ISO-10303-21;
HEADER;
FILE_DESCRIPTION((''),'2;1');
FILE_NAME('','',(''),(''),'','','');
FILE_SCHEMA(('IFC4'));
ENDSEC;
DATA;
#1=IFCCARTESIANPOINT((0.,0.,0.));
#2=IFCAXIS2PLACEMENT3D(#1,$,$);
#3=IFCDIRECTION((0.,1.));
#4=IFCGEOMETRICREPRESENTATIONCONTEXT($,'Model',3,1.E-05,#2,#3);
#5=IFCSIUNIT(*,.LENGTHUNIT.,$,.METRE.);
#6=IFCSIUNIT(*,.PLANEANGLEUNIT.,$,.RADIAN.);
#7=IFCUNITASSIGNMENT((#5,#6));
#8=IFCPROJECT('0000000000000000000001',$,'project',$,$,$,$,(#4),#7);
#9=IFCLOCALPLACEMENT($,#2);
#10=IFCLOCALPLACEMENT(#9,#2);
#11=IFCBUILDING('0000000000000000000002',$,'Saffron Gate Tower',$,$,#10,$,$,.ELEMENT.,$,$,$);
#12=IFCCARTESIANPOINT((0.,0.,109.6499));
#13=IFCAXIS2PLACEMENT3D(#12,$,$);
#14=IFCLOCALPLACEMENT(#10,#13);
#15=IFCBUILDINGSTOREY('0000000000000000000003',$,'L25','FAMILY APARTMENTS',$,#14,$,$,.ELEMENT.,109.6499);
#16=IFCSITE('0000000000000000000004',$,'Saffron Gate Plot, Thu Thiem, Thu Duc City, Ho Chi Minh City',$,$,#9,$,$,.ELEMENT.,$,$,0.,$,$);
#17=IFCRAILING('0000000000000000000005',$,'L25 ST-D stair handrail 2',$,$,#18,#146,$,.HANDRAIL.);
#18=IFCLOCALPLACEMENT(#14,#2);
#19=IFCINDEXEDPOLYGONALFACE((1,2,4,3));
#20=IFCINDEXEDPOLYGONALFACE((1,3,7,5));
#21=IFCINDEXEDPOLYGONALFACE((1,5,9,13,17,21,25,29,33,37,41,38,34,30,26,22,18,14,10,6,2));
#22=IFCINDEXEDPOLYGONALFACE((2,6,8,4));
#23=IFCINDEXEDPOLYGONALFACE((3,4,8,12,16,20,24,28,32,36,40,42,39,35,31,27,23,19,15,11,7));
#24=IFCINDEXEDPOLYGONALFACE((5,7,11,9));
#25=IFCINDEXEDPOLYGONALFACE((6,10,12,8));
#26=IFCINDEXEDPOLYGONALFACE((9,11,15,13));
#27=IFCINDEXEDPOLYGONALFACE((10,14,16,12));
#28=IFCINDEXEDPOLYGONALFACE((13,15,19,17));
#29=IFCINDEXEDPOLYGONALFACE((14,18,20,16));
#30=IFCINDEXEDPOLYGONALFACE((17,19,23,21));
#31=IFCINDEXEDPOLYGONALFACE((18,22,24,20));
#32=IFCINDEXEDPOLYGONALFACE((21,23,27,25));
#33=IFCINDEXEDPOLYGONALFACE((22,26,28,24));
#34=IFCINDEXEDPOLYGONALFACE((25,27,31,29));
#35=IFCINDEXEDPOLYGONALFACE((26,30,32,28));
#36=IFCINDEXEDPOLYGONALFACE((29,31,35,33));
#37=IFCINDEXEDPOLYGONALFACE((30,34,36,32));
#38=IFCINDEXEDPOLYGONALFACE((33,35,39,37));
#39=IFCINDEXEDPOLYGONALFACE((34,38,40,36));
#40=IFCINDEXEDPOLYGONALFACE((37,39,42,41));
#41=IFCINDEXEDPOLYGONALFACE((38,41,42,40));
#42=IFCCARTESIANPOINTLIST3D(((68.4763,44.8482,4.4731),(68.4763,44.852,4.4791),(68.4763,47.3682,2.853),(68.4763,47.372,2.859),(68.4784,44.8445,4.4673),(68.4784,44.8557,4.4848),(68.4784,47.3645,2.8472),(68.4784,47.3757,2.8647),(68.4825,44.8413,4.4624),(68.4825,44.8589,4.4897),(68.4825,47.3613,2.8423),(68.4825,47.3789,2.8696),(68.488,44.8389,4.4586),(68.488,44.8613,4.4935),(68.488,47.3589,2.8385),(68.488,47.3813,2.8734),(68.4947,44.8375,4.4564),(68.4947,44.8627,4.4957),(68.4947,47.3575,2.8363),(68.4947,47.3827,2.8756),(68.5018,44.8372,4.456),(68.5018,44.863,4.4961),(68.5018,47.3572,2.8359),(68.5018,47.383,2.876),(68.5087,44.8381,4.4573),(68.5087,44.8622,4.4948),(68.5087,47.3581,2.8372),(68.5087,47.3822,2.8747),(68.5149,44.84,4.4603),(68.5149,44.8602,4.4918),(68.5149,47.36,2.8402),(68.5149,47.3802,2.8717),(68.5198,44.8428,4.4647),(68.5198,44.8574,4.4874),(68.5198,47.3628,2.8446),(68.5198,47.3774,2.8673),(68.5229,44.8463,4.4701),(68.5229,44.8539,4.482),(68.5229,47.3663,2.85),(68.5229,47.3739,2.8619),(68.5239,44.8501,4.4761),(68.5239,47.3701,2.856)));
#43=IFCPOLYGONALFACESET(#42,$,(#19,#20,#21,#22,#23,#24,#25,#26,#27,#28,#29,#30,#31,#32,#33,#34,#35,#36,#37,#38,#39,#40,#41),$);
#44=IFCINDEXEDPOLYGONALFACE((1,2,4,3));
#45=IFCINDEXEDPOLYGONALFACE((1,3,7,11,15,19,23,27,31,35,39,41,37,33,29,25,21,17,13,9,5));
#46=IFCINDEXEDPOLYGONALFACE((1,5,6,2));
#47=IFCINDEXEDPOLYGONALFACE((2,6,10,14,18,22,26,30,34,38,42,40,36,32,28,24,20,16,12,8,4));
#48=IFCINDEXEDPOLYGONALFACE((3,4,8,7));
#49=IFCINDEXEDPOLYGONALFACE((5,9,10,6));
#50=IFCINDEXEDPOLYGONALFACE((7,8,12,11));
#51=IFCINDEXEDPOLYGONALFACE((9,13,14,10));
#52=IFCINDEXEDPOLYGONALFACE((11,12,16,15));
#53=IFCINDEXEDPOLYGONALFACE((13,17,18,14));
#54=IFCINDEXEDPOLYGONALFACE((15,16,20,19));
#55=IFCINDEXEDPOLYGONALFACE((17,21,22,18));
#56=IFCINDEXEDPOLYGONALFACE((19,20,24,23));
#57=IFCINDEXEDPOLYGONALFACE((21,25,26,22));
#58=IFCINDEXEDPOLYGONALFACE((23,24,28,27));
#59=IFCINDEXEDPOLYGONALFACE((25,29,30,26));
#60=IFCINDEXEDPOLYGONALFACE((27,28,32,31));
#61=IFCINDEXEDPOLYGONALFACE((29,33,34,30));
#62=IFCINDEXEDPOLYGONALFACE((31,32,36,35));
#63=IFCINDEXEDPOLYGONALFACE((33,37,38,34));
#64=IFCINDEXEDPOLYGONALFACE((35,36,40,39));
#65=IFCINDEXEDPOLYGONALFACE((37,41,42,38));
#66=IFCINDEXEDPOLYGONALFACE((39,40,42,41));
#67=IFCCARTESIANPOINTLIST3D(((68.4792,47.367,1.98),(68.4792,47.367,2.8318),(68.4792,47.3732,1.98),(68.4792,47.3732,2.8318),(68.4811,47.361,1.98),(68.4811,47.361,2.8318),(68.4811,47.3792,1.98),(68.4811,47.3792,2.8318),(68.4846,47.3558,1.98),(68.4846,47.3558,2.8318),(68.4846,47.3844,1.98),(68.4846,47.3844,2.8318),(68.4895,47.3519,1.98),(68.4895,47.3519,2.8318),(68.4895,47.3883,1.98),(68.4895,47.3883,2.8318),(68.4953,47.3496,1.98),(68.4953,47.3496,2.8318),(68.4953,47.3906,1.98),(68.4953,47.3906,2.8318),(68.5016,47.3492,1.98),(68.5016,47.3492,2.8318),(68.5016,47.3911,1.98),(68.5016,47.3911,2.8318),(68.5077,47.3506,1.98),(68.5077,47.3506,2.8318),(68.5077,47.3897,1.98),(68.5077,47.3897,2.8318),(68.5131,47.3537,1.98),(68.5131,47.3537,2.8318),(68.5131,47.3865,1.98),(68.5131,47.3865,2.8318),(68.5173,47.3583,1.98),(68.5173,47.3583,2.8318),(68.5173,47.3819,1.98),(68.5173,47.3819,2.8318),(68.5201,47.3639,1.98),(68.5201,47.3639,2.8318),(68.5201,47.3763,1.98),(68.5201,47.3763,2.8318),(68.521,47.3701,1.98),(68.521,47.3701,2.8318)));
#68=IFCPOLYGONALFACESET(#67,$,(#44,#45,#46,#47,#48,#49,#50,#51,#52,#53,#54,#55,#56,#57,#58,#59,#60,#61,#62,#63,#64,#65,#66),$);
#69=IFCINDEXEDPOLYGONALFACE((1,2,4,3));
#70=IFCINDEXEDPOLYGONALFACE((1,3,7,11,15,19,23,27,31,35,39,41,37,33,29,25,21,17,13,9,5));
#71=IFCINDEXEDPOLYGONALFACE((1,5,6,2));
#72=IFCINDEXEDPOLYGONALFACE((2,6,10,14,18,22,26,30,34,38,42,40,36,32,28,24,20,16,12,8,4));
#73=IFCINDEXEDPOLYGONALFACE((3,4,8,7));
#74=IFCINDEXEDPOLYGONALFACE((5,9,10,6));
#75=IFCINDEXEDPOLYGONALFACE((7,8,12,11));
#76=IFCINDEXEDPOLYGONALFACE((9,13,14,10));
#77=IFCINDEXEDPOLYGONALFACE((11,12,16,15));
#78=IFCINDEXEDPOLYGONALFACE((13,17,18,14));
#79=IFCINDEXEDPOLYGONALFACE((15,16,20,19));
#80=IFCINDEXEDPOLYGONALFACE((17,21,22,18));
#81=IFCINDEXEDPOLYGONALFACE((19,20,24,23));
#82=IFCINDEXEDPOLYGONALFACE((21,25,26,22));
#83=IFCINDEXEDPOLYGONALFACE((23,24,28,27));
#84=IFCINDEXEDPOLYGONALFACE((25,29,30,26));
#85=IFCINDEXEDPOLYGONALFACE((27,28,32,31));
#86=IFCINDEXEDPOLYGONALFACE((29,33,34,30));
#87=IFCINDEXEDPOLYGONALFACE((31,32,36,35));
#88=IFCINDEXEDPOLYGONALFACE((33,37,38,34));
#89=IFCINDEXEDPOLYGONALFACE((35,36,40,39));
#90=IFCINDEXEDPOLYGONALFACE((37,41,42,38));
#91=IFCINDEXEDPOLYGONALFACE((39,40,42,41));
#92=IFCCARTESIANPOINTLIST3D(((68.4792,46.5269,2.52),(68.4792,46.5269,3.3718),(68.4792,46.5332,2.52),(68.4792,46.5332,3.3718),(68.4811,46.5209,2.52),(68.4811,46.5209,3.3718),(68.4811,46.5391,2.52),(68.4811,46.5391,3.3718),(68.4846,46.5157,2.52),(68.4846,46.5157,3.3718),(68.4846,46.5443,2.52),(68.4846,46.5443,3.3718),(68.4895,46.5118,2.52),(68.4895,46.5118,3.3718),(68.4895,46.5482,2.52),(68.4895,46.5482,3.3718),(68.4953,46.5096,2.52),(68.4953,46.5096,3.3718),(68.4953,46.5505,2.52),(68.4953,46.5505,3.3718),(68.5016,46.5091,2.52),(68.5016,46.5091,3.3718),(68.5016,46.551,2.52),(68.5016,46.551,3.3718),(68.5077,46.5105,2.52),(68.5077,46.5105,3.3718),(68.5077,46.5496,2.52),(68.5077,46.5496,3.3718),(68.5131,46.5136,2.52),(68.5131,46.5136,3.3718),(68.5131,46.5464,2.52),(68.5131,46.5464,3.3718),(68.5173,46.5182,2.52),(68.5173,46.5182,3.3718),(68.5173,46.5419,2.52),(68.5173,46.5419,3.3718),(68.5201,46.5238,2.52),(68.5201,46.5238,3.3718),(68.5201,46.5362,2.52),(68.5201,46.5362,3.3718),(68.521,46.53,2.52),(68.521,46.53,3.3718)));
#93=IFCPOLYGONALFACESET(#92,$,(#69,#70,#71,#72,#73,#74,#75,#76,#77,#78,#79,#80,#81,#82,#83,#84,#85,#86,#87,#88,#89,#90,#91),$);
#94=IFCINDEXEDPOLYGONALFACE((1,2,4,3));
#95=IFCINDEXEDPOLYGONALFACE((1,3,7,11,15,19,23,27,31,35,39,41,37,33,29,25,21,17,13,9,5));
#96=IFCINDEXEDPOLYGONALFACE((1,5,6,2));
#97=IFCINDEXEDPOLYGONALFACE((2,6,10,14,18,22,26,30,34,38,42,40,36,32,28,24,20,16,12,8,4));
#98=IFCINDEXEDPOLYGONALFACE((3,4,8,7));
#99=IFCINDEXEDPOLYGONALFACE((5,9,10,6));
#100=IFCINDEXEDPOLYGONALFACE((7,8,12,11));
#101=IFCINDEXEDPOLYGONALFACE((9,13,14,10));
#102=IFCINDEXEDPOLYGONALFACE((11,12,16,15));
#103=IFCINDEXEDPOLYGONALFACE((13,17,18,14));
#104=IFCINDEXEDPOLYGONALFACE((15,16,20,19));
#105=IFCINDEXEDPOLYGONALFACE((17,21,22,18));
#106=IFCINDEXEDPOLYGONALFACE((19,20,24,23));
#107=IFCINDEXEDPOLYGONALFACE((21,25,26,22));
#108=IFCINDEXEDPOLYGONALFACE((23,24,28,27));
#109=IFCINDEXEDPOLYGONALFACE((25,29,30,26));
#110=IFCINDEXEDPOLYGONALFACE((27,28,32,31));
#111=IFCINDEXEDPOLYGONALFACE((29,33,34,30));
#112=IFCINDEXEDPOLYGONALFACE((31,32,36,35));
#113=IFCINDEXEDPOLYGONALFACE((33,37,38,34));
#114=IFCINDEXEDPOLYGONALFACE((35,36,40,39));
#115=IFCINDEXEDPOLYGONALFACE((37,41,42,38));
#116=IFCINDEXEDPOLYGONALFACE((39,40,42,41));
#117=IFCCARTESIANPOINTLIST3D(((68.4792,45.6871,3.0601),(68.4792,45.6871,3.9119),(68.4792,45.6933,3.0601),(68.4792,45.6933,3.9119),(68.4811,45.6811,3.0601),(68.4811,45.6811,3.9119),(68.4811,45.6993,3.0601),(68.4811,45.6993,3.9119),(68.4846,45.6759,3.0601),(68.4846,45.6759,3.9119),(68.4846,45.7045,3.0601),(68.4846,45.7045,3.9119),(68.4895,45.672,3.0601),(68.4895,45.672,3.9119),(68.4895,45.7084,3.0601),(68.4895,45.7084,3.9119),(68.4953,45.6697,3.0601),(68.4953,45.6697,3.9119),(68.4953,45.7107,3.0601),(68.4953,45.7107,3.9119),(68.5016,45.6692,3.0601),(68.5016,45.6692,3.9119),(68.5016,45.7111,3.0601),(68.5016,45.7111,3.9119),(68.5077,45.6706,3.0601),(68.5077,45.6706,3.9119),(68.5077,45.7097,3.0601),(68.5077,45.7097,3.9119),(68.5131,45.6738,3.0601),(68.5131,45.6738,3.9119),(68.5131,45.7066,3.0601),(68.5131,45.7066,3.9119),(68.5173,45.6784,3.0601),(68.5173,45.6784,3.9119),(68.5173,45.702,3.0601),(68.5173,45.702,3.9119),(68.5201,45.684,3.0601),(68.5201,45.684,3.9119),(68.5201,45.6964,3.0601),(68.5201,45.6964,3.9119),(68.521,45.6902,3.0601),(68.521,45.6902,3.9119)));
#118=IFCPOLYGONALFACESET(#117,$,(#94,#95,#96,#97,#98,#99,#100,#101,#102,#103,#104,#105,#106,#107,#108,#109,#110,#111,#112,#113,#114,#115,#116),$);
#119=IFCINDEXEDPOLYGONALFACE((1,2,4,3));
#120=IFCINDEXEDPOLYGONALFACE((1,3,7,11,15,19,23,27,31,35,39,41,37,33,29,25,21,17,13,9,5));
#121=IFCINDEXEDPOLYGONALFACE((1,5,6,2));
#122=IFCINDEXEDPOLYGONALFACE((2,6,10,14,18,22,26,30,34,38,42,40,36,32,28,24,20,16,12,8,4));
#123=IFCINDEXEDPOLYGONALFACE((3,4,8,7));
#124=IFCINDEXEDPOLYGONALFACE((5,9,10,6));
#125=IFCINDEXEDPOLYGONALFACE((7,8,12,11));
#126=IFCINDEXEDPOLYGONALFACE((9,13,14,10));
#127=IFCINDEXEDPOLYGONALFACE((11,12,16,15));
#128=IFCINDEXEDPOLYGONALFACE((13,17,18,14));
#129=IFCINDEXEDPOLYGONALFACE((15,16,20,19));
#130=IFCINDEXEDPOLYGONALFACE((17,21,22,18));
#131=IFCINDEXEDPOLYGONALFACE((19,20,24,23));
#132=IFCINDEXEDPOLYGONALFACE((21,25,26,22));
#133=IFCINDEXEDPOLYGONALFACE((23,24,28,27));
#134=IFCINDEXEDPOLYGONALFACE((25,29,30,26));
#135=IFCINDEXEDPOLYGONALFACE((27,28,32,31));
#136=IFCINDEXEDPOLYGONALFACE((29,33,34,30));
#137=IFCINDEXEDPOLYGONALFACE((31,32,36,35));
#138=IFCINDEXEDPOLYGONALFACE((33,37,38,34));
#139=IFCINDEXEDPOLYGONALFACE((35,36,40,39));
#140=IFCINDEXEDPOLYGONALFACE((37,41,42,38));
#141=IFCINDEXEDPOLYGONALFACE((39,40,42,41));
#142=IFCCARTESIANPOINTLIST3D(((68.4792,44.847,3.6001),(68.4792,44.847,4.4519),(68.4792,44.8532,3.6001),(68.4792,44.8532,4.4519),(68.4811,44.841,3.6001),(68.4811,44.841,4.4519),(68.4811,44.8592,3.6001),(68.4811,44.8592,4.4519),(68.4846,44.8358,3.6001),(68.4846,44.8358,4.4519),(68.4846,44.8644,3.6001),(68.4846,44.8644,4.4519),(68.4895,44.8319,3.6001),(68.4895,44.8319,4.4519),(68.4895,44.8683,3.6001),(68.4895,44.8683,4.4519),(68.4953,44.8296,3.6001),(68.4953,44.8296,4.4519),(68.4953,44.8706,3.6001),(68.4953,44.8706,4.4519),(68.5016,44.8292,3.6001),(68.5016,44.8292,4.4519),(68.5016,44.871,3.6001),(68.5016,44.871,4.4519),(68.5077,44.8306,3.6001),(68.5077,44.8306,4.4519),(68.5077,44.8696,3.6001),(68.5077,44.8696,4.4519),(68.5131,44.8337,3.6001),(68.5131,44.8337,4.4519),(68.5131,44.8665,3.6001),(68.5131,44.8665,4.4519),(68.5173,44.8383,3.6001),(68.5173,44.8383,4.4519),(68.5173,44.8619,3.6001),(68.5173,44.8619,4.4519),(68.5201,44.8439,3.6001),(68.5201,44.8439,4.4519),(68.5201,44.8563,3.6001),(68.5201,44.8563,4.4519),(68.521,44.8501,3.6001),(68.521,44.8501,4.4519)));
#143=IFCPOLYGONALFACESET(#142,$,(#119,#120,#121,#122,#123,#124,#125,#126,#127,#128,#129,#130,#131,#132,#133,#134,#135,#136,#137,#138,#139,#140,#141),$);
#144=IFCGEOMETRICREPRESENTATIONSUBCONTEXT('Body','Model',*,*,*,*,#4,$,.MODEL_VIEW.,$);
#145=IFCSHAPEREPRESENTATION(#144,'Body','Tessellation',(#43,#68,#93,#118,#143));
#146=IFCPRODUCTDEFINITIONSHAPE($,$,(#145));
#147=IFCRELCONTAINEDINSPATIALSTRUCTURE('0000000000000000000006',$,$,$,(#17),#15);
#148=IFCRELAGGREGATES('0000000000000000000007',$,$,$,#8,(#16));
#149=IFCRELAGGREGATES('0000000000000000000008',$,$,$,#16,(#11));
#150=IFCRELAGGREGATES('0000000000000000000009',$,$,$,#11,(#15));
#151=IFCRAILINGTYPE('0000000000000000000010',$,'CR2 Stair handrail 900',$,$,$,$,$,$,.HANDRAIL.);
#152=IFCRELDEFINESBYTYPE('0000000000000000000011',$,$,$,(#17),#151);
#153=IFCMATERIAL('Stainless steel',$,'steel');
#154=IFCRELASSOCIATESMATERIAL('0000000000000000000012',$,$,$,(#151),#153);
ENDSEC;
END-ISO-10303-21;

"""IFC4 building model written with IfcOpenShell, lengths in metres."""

from ifc_helpers import new_model, si_unit, direction, frame, origin, origin_2d, place, context, subcontext, project, spatial, circle, extrude, material, type_object, element, save


model = new_model("IFC4")

# Units and contexts
model_context = context("Model", 3, precision=1e-05, world=origin(), true_north=direction((0.0, 1.0)))
body_context = subcontext(model_context, "Body", "Model", "MODEL_VIEW")
ifc_project = project(units=[si_unit("LENGTHUNIT", "METRE"), si_unit("PLANEANGLEUNIT", "RADIAN")], contexts=[model_context])

# Site, building, storey
site_placement = place(None, origin())
site = spatial("IfcSite", under=ifc_project, at=site_placement, Name="Saffron Gate Plot, Thu Thiem, Thu Duc City, Ho Chi Minh City", CompositionType="ELEMENT", RefElevation=0.0)
building_placement = place(site_placement, origin())
building = spatial("IfcBuilding", under=site, at=building_placement, Name="Saffron Gate Tower", CompositionType="ELEMENT")
storey_placement = place(building_placement, frame((0.0, 0.0, 109.6499)))
storey = spatial("IfcBuildingStorey", under=building, at=storey_placement, Name="L25", Description="FAMILY APARTMENTS", CompositionType="ELEMENT", Elevation=109.6499)

# Railing
ifc_material_1 = material(Name="Stainless steel", Category="steel")
railing_type = type_object("IfcRailingType", Name="CR2 Stair handrail 900", PredefinedType="HANDRAIL", material=ifc_material_1)
railing_placement = place(storey_placement, frame((68.5, 47.3701, 1.98)))
element("IfcRailing", 1, at=railing_placement, inside=storey, type_object=railing_type, Name="L25 ST-D stair handrail 2", PredefinedType="HANDRAIL", context=body_context, shape_type="SweptSolid", body=[
    extrude(circle(Radius=0.0239, at=origin_2d()), frame((0.0, 0.0, 0.876), z_axis=(0.0, -0.841163, 0.540782), x_axis=(1.0, 0.0, 0.0)), (0.0, 0.0, 1.0), 2.9958),
    extrude(circle(Radius=0.021, at=origin_2d()), origin(), (0.0, 0.0, 1.0), 0.8518),
    extrude(circle(Radius=0.021, at=origin_2d()), frame((0.0, -0.8401, 0.54)), (0.0, 0.0, 1.0), 0.8518),
    extrude(circle(Radius=0.021, at=origin_2d()), frame((0.0, -1.6799, 1.0801)), (0.0, 0.0, 1.0), 0.8518),
    extrude(circle(Radius=0.021, at=origin_2d()), frame((0.0, -2.52, 1.6201)), (0.0, 0.0, 1.0), 0.8518),
])

save(model, "model.ifc")
